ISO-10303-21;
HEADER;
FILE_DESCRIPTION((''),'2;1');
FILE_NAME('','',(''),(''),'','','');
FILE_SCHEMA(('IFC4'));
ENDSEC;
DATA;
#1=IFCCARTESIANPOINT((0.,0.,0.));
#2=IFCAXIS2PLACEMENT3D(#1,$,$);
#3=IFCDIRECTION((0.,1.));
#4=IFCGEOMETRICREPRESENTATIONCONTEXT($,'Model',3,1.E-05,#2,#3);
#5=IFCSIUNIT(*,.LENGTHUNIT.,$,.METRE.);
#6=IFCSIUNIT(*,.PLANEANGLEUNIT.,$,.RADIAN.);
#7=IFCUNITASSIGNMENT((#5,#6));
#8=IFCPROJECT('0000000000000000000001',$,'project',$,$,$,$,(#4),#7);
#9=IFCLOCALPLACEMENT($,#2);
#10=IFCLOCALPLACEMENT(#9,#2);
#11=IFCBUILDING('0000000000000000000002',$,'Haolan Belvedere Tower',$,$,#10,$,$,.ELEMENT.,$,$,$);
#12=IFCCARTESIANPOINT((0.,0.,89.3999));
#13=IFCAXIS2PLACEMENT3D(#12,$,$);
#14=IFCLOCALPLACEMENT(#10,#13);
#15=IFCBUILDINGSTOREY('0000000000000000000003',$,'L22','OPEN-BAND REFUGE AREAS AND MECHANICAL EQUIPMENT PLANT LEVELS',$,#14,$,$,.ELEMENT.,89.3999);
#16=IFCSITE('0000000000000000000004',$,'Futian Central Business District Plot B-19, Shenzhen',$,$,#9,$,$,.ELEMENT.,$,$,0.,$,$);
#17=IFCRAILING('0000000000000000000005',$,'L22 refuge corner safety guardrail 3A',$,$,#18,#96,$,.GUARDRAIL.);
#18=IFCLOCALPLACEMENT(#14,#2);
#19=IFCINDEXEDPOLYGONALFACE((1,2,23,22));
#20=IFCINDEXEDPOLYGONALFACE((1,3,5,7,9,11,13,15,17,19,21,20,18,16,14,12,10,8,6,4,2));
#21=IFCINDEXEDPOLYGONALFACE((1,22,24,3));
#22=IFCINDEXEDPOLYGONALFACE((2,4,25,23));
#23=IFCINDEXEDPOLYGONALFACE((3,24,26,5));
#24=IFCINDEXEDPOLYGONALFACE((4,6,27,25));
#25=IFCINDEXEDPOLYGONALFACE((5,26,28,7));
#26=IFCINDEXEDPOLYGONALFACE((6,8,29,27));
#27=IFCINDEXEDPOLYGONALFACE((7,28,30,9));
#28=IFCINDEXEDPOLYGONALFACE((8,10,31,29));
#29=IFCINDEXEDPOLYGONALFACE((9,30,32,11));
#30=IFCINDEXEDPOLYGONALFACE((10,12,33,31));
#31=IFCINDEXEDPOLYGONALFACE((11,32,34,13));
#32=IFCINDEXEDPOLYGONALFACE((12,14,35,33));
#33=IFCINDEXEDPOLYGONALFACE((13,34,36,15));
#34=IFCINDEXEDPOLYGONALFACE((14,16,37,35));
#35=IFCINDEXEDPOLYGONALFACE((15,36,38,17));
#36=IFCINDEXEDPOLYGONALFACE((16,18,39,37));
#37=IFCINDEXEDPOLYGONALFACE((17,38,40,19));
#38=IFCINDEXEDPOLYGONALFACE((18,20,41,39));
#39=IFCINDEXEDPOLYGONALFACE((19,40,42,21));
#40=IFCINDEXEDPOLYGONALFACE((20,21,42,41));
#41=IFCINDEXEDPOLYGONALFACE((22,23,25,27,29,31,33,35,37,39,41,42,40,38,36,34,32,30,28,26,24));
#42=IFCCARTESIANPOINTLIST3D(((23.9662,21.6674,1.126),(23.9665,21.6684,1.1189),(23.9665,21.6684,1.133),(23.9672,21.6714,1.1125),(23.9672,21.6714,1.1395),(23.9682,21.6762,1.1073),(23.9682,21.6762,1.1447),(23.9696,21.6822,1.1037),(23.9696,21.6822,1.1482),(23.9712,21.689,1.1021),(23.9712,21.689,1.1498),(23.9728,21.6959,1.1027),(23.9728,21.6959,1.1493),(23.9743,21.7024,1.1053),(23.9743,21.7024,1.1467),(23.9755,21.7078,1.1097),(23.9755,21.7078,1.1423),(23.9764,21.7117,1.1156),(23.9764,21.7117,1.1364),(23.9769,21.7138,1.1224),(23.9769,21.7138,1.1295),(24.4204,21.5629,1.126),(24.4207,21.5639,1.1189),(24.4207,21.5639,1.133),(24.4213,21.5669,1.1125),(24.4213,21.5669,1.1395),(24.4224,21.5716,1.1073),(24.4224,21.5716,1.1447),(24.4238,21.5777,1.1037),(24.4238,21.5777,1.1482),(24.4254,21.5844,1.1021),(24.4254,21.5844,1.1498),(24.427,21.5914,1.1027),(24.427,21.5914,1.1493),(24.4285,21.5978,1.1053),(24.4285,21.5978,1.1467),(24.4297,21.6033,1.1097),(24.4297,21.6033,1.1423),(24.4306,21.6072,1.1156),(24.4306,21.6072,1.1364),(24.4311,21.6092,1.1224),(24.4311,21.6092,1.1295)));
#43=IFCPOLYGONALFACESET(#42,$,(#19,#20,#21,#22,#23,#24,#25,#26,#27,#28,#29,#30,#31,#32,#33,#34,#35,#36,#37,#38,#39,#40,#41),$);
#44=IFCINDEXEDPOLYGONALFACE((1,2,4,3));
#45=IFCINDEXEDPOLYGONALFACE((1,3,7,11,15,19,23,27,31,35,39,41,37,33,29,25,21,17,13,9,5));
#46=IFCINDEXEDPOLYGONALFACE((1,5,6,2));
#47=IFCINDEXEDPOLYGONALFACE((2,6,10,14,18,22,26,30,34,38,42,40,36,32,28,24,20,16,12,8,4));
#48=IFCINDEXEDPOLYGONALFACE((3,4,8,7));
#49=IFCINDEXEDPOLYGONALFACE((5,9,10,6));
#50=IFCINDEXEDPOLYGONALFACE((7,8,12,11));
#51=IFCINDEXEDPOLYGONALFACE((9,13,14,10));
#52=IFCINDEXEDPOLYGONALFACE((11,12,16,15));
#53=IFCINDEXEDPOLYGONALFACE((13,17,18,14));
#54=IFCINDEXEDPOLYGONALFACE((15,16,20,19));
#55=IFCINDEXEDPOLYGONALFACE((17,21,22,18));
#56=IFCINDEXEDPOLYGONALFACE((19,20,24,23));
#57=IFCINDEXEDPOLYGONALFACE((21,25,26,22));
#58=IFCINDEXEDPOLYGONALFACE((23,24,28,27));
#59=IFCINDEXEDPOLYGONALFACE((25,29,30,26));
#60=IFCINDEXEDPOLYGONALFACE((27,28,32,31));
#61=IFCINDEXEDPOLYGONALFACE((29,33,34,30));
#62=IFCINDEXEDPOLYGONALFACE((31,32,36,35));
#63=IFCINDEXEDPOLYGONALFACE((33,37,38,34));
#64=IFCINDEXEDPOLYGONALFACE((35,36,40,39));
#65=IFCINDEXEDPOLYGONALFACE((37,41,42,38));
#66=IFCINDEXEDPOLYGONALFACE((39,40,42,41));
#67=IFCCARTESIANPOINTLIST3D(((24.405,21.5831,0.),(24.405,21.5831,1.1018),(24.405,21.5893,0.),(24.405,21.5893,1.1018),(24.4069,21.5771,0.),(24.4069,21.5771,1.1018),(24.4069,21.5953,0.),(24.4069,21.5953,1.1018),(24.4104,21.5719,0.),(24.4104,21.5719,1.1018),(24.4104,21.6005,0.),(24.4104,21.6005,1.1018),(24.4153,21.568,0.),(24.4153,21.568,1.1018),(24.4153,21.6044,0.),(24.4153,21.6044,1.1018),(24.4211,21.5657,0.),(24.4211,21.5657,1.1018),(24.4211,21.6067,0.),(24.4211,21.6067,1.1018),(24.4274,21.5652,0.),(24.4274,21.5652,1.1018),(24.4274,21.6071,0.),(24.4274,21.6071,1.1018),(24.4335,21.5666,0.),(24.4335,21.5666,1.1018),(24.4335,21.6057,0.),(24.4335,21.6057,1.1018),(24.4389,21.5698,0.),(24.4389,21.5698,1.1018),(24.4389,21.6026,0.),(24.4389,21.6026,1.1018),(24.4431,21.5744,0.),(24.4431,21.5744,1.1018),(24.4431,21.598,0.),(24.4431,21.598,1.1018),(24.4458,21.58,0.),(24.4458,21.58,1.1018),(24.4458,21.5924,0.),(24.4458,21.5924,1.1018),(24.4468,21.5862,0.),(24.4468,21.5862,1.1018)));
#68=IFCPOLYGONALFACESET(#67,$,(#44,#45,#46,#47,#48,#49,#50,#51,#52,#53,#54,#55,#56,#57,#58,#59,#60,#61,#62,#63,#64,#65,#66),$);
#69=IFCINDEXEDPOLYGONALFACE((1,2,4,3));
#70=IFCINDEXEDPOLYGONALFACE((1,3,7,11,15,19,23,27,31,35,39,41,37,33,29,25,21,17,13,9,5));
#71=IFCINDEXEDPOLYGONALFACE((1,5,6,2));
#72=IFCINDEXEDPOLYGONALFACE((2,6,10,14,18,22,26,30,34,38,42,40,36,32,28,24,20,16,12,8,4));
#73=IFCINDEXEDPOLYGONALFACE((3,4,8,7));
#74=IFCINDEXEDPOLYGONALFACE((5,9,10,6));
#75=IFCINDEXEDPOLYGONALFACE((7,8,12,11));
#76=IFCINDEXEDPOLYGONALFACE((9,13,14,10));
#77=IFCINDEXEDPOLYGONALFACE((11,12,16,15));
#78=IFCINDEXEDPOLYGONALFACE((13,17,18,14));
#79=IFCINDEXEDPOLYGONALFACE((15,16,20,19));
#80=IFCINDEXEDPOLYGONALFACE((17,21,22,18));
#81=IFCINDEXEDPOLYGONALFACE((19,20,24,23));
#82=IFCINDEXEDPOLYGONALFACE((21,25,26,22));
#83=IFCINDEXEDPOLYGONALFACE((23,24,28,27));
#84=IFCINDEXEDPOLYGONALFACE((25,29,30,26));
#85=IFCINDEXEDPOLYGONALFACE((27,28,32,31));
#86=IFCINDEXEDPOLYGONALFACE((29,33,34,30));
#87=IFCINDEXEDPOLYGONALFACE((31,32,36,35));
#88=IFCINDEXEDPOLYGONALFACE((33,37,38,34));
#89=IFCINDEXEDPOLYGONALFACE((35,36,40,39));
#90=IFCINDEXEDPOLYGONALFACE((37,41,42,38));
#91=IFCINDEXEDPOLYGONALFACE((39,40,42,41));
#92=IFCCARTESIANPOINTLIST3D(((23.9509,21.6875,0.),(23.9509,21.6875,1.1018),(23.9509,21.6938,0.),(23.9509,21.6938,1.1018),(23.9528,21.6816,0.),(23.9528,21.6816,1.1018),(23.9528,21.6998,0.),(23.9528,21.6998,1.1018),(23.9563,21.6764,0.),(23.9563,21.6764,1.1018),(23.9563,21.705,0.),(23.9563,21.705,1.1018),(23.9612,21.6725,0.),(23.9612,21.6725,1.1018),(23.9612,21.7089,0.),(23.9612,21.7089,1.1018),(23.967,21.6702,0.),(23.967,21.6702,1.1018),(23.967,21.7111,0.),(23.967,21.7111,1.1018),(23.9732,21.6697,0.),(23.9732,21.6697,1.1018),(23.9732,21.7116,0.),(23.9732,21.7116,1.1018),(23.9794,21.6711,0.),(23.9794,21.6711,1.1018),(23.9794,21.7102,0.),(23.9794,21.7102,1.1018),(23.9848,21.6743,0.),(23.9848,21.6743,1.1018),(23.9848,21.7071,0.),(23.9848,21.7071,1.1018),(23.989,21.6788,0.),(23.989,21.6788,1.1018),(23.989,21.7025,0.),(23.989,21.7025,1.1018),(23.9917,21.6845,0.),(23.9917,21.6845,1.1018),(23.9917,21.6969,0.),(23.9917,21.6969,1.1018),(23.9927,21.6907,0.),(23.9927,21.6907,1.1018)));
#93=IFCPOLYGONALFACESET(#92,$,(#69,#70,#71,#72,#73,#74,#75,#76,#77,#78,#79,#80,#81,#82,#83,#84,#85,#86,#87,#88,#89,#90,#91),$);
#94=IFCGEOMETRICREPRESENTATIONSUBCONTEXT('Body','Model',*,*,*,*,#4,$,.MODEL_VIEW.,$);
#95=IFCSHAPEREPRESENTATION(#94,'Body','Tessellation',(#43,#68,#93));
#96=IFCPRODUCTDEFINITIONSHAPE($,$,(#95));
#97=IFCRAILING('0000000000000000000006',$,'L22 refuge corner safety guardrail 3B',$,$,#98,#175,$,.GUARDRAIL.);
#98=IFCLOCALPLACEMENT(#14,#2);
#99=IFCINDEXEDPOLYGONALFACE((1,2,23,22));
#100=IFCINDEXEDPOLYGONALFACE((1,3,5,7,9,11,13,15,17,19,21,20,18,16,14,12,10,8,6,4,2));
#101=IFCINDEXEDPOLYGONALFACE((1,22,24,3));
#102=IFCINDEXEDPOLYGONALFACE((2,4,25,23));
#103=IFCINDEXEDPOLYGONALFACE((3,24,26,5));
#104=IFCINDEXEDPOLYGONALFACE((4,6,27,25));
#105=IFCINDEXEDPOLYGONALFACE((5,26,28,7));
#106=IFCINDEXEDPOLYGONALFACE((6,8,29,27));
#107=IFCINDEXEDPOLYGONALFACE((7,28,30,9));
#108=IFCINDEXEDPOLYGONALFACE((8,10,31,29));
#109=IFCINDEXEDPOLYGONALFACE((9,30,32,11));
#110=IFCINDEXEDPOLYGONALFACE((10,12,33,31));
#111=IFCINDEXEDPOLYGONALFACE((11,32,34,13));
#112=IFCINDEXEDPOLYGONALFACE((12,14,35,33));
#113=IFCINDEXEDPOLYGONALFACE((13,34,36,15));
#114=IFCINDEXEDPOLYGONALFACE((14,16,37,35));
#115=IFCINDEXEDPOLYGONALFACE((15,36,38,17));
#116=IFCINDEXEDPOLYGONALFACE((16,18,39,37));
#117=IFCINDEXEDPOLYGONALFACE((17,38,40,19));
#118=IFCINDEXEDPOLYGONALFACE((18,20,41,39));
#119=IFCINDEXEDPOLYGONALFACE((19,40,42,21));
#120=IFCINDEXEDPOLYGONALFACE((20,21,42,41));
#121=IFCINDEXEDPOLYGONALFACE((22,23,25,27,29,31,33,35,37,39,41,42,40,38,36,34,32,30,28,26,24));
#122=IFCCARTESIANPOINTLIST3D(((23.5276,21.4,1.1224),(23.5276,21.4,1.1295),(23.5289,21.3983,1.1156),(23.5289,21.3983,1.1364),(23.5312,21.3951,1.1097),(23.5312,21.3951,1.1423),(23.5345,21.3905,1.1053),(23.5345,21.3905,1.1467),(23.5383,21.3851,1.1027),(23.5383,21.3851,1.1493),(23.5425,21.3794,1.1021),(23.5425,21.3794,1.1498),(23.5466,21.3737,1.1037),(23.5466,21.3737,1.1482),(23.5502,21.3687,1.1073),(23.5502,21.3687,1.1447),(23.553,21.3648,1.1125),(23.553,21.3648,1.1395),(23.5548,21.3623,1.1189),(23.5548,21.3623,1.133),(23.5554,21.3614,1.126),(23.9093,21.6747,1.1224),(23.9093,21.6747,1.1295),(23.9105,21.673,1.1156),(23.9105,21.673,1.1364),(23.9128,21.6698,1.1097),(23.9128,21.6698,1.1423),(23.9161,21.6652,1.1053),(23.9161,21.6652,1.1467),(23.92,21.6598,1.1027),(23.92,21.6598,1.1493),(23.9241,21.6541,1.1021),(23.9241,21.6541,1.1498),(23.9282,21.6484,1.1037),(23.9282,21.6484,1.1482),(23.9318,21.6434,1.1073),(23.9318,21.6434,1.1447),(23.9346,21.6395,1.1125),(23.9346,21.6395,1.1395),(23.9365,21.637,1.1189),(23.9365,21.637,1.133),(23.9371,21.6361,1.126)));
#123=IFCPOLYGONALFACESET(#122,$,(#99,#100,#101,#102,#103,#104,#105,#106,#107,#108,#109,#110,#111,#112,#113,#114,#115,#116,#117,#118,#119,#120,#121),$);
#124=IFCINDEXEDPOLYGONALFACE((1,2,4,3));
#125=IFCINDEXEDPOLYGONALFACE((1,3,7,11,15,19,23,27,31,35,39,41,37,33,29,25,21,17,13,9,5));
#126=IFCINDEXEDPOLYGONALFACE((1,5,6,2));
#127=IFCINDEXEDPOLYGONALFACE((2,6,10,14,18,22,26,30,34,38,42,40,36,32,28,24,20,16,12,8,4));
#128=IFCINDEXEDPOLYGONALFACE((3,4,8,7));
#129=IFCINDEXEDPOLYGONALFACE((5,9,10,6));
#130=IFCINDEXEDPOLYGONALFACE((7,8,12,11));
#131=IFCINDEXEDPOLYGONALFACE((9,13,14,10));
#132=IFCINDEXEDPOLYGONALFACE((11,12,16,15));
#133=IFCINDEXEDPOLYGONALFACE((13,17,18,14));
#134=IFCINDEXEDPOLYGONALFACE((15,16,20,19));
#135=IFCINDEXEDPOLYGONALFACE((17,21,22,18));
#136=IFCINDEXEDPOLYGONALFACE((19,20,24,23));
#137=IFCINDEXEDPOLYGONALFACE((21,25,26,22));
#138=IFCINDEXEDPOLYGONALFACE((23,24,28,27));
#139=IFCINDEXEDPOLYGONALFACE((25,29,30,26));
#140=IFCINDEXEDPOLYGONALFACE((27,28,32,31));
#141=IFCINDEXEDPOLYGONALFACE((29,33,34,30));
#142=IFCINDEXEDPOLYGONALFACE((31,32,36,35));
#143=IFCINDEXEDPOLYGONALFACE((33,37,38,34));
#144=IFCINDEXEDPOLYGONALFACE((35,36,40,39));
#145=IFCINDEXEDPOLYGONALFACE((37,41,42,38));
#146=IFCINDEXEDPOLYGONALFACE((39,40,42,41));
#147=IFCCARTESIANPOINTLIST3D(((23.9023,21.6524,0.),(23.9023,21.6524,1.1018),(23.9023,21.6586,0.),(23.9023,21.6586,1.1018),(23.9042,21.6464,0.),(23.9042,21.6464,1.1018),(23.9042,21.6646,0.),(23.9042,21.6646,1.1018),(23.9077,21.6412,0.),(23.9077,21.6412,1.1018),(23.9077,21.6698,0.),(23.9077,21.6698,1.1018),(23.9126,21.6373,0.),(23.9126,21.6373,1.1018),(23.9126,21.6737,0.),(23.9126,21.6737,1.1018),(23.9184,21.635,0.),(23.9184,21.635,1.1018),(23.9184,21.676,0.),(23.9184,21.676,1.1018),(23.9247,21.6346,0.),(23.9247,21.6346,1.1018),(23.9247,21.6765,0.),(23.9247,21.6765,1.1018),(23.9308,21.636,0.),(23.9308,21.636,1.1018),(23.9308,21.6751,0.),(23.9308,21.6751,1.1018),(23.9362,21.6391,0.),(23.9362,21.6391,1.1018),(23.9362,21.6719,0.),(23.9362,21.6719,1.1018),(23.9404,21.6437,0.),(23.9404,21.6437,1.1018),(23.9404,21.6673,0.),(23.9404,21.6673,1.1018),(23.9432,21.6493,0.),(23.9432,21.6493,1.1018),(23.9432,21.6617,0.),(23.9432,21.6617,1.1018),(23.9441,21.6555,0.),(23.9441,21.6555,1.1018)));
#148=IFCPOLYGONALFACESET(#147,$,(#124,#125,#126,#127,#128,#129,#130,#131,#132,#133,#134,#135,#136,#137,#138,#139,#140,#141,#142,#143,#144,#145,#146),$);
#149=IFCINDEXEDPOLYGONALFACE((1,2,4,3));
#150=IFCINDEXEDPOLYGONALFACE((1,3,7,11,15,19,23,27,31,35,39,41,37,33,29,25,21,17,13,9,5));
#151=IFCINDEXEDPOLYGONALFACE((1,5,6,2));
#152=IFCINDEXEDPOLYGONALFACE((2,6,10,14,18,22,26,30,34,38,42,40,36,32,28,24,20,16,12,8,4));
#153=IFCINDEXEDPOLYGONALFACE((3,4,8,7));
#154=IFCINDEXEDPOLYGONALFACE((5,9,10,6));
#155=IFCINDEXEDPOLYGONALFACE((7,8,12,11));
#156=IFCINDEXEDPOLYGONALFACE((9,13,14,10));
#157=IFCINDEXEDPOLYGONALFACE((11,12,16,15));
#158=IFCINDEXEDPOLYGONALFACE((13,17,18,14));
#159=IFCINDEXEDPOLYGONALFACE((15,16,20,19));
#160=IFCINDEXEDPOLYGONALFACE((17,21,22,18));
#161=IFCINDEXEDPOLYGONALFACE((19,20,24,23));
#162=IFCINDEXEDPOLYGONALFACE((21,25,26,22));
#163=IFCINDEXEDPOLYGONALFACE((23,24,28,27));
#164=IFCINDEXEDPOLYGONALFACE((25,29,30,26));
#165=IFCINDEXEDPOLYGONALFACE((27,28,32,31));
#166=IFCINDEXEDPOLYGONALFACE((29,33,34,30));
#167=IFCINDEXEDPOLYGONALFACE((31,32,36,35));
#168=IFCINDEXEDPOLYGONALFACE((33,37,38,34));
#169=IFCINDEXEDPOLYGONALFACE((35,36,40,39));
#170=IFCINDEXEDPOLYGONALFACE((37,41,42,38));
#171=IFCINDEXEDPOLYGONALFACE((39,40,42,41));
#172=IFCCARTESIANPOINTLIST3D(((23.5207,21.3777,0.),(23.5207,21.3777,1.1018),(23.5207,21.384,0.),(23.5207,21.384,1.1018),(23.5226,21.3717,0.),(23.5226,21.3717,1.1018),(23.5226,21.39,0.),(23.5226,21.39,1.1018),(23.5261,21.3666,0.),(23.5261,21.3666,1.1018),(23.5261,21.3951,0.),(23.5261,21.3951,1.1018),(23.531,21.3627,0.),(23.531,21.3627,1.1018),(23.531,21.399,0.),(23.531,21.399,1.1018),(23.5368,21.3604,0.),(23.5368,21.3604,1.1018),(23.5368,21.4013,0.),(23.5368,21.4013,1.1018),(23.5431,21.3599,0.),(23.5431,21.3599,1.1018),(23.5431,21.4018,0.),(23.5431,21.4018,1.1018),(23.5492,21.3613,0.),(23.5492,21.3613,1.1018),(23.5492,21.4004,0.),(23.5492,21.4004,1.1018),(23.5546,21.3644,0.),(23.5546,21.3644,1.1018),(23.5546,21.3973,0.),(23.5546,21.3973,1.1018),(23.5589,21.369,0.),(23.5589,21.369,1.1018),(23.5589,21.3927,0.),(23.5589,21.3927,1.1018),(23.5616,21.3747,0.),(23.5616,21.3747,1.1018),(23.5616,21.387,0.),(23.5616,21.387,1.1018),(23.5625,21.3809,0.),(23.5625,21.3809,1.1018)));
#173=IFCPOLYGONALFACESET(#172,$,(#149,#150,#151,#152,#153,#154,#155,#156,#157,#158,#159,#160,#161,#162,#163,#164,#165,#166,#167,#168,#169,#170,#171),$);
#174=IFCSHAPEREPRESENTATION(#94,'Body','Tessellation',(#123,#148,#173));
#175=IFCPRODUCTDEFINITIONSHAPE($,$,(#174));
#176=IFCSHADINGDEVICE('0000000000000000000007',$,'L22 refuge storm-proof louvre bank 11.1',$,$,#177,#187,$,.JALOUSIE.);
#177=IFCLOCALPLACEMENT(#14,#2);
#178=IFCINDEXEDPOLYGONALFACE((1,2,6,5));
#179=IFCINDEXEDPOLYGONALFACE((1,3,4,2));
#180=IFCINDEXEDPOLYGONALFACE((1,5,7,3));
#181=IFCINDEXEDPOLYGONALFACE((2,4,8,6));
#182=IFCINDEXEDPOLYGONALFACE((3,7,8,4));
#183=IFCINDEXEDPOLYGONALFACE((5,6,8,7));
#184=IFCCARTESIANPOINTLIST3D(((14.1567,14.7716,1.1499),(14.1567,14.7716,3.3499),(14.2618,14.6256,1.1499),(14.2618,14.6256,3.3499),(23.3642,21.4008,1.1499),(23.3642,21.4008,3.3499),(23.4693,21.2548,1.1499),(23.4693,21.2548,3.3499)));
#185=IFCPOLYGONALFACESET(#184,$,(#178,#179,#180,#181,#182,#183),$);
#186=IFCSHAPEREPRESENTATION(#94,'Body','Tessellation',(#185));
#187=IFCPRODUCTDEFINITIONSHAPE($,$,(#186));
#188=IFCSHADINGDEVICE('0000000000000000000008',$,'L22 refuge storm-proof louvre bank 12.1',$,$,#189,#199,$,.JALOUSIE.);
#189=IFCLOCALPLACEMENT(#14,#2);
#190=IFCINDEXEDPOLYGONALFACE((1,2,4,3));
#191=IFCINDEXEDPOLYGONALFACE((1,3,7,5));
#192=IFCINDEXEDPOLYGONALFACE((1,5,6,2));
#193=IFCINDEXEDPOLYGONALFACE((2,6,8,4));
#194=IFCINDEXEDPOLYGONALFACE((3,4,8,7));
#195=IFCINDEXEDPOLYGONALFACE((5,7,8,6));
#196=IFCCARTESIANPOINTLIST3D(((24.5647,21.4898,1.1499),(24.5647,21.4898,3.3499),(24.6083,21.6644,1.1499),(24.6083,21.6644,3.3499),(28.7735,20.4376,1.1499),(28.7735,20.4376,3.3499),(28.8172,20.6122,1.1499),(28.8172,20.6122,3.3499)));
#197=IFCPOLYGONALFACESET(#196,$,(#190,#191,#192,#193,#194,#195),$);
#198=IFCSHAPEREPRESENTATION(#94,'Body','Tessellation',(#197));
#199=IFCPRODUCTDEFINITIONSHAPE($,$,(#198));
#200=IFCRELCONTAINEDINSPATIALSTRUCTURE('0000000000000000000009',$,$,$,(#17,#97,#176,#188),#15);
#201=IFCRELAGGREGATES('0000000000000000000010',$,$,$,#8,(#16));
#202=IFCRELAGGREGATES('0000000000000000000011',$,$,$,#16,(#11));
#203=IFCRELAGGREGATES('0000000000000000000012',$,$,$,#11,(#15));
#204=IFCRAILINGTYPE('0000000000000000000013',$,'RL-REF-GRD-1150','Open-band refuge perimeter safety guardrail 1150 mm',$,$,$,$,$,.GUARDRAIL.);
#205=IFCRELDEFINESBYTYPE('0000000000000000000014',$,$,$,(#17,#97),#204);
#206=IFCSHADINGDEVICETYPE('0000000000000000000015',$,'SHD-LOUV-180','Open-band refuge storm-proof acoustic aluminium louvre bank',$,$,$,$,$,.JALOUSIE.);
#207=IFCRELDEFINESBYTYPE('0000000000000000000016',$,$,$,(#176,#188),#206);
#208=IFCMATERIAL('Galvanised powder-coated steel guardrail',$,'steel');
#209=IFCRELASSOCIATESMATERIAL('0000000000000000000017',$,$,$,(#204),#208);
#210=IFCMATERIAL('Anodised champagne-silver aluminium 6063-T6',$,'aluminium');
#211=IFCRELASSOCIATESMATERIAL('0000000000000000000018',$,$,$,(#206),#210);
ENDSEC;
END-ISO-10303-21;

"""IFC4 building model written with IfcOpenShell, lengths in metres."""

from ifc_helpers import new_model, si_unit, direction, frame, origin, origin_2d, place, context, subcontext, project, spatial, rectangle, circle, extrude, material, type_object, element, save


model = new_model("IFC4")

# Units and contexts
model_context = context("Model", 3, precision=1e-05, world=origin(), true_north=direction((0.0, 1.0)))
body_context = subcontext(model_context, "Body", "Model", "MODEL_VIEW")
ifc_project = project(units=[si_unit("LENGTHUNIT", "METRE"), si_unit("PLANEANGLEUNIT", "RADIAN")], contexts=[model_context])

# Site, building, storey
site_placement = place(None, origin())
site = spatial("IfcSite", under=ifc_project, at=site_placement, Name="Futian Central Business District Plot B-19, Shenzhen", CompositionType="ELEMENT", RefElevation=0.0)
building_placement = place(site_placement, origin())
building = spatial("IfcBuilding", under=site, at=building_placement, Name="Haolan Belvedere Tower", CompositionType="ELEMENT")
storey_placement = place(building_placement, frame((0.0, 0.0, 89.3999)))
storey = spatial("IfcBuildingStorey", under=building, at=storey_placement, Name="L22", Description="OPEN-BAND REFUGE AREAS AND MECHANICAL EQUIPMENT PLANT LEVELS", CompositionType="ELEMENT", Elevation=89.3999)

# Railings
ifc_material_1 = material(Name="Galvanised powder-coated steel guardrail", Category="steel")
railing_type = type_object("IfcRailingType", Name="RL-REF-GRD-1150", Description="Open-band refuge perimeter safety guardrail 1150 mm", PredefinedType="GUARDRAIL", material=ifc_material_1)
railing_1_placement = place(storey_placement, frame((24.4258, 21.5862, 0.0)))
element("IfcRailing", 1, at=railing_1_placement, inside=storey, type_object=railing_type, Name="L22 refuge corner safety guardrail 3A", PredefinedType="GUARDRAIL", context=body_context, shape_type="SweptSolid", body=[
    extrude(circle(Radius=0.0239, at=origin_2d()), frame((0.0, 0.0, 1.126), z_axis=(-0.974532, 0.224247, 0.0), x_axis=(-0.224247, -0.974532, 0.0)), (0.0, 0.0, 1.0), 0.4661),
    extrude(circle(Radius=0.021, at=origin_2d()), origin(), (0.0, 0.0, 1.0), 1.1018),
    extrude(circle(Radius=0.021, at=origin_2d()), frame((-0.4541, 0.1045, 0.0)), (0.0, 0.0, 1.0), 1.1018),
])
railing_2_placement = place(storey_placement, frame((23.9231, 21.6555, 0.0)))
element("IfcRailing", 2, at=railing_2_placement, inside=storey, type_object=railing_type, Name="L22 refuge corner safety guardrail 3B", PredefinedType="GUARDRAIL", context=body_context, shape_type="SweptSolid", body=[
    extrude(circle(Radius=0.0239, at=origin_2d()), frame((0.0, 0.0, 1.126), z_axis=(-0.811623, -0.584182, 0.0), x_axis=(0.584182, -0.811623, 0.0)), (0.0, 0.0, 1.0), 0.4702),
    extrude(circle(Radius=0.021, at=origin_2d()), origin(), (0.0, 0.0, 1.0), 1.1018),
    extrude(circle(Radius=0.021, at=origin_2d()), frame((-0.3816, -0.2747, 0.0)), (0.0, 0.0, 1.0), 1.1018),
])

# Shading devices
ifc_material_2 = material(Name="Anodised champagne-silver aluminium 6063-T6", Category="aluminium")
shading_device_type = type_object("IfcShadingDeviceType", Name="SHD-LOUV-180", Description="Open-band refuge storm-proof acoustic aluminium louvre bank", PredefinedType="JALOUSIE", material=ifc_material_2)
shading_device_1_placement = place(storey_placement, frame((18.813, 18.0132, 1.1499), z_axis=(0.0, 0.0, 1.0), x_axis=(0.811543, 0.584292, 0.0)))
element("IfcShadingDevice", 3, at=shading_device_1_placement, inside=storey, type_object=shading_device_type, Name="L22 refuge storm-proof louvre bank 11.1", PredefinedType="JALOUSIE", context=body_context, shape_type="SweptSolid", body=[
    extrude(rectangle(XDim=11.3457, YDim=0.1799, at=origin_2d()), origin(), (0.0, 0.0, 1.0), 2.2),
])
shading_device_2_placement = place(storey_placement, frame((26.6909, 21.051, 1.1499), z_axis=(0.0, 0.0, 1.0), x_axis=(0.970144, -0.242532, 0.0)))
element("IfcShadingDevice", 4, at=shading_device_2_placement, inside=storey, type_object=shading_device_type, Name="L22 refuge storm-proof louvre bank 12.1", PredefinedType="JALOUSIE", context=body_context, shape_type="SweptSolid", body=[
    extrude(rectangle(XDim=4.3384, YDim=0.1799, at=origin_2d()), origin(), (0.0, 0.0, 1.0), 2.2),
])

save(model, "model.ifc")
